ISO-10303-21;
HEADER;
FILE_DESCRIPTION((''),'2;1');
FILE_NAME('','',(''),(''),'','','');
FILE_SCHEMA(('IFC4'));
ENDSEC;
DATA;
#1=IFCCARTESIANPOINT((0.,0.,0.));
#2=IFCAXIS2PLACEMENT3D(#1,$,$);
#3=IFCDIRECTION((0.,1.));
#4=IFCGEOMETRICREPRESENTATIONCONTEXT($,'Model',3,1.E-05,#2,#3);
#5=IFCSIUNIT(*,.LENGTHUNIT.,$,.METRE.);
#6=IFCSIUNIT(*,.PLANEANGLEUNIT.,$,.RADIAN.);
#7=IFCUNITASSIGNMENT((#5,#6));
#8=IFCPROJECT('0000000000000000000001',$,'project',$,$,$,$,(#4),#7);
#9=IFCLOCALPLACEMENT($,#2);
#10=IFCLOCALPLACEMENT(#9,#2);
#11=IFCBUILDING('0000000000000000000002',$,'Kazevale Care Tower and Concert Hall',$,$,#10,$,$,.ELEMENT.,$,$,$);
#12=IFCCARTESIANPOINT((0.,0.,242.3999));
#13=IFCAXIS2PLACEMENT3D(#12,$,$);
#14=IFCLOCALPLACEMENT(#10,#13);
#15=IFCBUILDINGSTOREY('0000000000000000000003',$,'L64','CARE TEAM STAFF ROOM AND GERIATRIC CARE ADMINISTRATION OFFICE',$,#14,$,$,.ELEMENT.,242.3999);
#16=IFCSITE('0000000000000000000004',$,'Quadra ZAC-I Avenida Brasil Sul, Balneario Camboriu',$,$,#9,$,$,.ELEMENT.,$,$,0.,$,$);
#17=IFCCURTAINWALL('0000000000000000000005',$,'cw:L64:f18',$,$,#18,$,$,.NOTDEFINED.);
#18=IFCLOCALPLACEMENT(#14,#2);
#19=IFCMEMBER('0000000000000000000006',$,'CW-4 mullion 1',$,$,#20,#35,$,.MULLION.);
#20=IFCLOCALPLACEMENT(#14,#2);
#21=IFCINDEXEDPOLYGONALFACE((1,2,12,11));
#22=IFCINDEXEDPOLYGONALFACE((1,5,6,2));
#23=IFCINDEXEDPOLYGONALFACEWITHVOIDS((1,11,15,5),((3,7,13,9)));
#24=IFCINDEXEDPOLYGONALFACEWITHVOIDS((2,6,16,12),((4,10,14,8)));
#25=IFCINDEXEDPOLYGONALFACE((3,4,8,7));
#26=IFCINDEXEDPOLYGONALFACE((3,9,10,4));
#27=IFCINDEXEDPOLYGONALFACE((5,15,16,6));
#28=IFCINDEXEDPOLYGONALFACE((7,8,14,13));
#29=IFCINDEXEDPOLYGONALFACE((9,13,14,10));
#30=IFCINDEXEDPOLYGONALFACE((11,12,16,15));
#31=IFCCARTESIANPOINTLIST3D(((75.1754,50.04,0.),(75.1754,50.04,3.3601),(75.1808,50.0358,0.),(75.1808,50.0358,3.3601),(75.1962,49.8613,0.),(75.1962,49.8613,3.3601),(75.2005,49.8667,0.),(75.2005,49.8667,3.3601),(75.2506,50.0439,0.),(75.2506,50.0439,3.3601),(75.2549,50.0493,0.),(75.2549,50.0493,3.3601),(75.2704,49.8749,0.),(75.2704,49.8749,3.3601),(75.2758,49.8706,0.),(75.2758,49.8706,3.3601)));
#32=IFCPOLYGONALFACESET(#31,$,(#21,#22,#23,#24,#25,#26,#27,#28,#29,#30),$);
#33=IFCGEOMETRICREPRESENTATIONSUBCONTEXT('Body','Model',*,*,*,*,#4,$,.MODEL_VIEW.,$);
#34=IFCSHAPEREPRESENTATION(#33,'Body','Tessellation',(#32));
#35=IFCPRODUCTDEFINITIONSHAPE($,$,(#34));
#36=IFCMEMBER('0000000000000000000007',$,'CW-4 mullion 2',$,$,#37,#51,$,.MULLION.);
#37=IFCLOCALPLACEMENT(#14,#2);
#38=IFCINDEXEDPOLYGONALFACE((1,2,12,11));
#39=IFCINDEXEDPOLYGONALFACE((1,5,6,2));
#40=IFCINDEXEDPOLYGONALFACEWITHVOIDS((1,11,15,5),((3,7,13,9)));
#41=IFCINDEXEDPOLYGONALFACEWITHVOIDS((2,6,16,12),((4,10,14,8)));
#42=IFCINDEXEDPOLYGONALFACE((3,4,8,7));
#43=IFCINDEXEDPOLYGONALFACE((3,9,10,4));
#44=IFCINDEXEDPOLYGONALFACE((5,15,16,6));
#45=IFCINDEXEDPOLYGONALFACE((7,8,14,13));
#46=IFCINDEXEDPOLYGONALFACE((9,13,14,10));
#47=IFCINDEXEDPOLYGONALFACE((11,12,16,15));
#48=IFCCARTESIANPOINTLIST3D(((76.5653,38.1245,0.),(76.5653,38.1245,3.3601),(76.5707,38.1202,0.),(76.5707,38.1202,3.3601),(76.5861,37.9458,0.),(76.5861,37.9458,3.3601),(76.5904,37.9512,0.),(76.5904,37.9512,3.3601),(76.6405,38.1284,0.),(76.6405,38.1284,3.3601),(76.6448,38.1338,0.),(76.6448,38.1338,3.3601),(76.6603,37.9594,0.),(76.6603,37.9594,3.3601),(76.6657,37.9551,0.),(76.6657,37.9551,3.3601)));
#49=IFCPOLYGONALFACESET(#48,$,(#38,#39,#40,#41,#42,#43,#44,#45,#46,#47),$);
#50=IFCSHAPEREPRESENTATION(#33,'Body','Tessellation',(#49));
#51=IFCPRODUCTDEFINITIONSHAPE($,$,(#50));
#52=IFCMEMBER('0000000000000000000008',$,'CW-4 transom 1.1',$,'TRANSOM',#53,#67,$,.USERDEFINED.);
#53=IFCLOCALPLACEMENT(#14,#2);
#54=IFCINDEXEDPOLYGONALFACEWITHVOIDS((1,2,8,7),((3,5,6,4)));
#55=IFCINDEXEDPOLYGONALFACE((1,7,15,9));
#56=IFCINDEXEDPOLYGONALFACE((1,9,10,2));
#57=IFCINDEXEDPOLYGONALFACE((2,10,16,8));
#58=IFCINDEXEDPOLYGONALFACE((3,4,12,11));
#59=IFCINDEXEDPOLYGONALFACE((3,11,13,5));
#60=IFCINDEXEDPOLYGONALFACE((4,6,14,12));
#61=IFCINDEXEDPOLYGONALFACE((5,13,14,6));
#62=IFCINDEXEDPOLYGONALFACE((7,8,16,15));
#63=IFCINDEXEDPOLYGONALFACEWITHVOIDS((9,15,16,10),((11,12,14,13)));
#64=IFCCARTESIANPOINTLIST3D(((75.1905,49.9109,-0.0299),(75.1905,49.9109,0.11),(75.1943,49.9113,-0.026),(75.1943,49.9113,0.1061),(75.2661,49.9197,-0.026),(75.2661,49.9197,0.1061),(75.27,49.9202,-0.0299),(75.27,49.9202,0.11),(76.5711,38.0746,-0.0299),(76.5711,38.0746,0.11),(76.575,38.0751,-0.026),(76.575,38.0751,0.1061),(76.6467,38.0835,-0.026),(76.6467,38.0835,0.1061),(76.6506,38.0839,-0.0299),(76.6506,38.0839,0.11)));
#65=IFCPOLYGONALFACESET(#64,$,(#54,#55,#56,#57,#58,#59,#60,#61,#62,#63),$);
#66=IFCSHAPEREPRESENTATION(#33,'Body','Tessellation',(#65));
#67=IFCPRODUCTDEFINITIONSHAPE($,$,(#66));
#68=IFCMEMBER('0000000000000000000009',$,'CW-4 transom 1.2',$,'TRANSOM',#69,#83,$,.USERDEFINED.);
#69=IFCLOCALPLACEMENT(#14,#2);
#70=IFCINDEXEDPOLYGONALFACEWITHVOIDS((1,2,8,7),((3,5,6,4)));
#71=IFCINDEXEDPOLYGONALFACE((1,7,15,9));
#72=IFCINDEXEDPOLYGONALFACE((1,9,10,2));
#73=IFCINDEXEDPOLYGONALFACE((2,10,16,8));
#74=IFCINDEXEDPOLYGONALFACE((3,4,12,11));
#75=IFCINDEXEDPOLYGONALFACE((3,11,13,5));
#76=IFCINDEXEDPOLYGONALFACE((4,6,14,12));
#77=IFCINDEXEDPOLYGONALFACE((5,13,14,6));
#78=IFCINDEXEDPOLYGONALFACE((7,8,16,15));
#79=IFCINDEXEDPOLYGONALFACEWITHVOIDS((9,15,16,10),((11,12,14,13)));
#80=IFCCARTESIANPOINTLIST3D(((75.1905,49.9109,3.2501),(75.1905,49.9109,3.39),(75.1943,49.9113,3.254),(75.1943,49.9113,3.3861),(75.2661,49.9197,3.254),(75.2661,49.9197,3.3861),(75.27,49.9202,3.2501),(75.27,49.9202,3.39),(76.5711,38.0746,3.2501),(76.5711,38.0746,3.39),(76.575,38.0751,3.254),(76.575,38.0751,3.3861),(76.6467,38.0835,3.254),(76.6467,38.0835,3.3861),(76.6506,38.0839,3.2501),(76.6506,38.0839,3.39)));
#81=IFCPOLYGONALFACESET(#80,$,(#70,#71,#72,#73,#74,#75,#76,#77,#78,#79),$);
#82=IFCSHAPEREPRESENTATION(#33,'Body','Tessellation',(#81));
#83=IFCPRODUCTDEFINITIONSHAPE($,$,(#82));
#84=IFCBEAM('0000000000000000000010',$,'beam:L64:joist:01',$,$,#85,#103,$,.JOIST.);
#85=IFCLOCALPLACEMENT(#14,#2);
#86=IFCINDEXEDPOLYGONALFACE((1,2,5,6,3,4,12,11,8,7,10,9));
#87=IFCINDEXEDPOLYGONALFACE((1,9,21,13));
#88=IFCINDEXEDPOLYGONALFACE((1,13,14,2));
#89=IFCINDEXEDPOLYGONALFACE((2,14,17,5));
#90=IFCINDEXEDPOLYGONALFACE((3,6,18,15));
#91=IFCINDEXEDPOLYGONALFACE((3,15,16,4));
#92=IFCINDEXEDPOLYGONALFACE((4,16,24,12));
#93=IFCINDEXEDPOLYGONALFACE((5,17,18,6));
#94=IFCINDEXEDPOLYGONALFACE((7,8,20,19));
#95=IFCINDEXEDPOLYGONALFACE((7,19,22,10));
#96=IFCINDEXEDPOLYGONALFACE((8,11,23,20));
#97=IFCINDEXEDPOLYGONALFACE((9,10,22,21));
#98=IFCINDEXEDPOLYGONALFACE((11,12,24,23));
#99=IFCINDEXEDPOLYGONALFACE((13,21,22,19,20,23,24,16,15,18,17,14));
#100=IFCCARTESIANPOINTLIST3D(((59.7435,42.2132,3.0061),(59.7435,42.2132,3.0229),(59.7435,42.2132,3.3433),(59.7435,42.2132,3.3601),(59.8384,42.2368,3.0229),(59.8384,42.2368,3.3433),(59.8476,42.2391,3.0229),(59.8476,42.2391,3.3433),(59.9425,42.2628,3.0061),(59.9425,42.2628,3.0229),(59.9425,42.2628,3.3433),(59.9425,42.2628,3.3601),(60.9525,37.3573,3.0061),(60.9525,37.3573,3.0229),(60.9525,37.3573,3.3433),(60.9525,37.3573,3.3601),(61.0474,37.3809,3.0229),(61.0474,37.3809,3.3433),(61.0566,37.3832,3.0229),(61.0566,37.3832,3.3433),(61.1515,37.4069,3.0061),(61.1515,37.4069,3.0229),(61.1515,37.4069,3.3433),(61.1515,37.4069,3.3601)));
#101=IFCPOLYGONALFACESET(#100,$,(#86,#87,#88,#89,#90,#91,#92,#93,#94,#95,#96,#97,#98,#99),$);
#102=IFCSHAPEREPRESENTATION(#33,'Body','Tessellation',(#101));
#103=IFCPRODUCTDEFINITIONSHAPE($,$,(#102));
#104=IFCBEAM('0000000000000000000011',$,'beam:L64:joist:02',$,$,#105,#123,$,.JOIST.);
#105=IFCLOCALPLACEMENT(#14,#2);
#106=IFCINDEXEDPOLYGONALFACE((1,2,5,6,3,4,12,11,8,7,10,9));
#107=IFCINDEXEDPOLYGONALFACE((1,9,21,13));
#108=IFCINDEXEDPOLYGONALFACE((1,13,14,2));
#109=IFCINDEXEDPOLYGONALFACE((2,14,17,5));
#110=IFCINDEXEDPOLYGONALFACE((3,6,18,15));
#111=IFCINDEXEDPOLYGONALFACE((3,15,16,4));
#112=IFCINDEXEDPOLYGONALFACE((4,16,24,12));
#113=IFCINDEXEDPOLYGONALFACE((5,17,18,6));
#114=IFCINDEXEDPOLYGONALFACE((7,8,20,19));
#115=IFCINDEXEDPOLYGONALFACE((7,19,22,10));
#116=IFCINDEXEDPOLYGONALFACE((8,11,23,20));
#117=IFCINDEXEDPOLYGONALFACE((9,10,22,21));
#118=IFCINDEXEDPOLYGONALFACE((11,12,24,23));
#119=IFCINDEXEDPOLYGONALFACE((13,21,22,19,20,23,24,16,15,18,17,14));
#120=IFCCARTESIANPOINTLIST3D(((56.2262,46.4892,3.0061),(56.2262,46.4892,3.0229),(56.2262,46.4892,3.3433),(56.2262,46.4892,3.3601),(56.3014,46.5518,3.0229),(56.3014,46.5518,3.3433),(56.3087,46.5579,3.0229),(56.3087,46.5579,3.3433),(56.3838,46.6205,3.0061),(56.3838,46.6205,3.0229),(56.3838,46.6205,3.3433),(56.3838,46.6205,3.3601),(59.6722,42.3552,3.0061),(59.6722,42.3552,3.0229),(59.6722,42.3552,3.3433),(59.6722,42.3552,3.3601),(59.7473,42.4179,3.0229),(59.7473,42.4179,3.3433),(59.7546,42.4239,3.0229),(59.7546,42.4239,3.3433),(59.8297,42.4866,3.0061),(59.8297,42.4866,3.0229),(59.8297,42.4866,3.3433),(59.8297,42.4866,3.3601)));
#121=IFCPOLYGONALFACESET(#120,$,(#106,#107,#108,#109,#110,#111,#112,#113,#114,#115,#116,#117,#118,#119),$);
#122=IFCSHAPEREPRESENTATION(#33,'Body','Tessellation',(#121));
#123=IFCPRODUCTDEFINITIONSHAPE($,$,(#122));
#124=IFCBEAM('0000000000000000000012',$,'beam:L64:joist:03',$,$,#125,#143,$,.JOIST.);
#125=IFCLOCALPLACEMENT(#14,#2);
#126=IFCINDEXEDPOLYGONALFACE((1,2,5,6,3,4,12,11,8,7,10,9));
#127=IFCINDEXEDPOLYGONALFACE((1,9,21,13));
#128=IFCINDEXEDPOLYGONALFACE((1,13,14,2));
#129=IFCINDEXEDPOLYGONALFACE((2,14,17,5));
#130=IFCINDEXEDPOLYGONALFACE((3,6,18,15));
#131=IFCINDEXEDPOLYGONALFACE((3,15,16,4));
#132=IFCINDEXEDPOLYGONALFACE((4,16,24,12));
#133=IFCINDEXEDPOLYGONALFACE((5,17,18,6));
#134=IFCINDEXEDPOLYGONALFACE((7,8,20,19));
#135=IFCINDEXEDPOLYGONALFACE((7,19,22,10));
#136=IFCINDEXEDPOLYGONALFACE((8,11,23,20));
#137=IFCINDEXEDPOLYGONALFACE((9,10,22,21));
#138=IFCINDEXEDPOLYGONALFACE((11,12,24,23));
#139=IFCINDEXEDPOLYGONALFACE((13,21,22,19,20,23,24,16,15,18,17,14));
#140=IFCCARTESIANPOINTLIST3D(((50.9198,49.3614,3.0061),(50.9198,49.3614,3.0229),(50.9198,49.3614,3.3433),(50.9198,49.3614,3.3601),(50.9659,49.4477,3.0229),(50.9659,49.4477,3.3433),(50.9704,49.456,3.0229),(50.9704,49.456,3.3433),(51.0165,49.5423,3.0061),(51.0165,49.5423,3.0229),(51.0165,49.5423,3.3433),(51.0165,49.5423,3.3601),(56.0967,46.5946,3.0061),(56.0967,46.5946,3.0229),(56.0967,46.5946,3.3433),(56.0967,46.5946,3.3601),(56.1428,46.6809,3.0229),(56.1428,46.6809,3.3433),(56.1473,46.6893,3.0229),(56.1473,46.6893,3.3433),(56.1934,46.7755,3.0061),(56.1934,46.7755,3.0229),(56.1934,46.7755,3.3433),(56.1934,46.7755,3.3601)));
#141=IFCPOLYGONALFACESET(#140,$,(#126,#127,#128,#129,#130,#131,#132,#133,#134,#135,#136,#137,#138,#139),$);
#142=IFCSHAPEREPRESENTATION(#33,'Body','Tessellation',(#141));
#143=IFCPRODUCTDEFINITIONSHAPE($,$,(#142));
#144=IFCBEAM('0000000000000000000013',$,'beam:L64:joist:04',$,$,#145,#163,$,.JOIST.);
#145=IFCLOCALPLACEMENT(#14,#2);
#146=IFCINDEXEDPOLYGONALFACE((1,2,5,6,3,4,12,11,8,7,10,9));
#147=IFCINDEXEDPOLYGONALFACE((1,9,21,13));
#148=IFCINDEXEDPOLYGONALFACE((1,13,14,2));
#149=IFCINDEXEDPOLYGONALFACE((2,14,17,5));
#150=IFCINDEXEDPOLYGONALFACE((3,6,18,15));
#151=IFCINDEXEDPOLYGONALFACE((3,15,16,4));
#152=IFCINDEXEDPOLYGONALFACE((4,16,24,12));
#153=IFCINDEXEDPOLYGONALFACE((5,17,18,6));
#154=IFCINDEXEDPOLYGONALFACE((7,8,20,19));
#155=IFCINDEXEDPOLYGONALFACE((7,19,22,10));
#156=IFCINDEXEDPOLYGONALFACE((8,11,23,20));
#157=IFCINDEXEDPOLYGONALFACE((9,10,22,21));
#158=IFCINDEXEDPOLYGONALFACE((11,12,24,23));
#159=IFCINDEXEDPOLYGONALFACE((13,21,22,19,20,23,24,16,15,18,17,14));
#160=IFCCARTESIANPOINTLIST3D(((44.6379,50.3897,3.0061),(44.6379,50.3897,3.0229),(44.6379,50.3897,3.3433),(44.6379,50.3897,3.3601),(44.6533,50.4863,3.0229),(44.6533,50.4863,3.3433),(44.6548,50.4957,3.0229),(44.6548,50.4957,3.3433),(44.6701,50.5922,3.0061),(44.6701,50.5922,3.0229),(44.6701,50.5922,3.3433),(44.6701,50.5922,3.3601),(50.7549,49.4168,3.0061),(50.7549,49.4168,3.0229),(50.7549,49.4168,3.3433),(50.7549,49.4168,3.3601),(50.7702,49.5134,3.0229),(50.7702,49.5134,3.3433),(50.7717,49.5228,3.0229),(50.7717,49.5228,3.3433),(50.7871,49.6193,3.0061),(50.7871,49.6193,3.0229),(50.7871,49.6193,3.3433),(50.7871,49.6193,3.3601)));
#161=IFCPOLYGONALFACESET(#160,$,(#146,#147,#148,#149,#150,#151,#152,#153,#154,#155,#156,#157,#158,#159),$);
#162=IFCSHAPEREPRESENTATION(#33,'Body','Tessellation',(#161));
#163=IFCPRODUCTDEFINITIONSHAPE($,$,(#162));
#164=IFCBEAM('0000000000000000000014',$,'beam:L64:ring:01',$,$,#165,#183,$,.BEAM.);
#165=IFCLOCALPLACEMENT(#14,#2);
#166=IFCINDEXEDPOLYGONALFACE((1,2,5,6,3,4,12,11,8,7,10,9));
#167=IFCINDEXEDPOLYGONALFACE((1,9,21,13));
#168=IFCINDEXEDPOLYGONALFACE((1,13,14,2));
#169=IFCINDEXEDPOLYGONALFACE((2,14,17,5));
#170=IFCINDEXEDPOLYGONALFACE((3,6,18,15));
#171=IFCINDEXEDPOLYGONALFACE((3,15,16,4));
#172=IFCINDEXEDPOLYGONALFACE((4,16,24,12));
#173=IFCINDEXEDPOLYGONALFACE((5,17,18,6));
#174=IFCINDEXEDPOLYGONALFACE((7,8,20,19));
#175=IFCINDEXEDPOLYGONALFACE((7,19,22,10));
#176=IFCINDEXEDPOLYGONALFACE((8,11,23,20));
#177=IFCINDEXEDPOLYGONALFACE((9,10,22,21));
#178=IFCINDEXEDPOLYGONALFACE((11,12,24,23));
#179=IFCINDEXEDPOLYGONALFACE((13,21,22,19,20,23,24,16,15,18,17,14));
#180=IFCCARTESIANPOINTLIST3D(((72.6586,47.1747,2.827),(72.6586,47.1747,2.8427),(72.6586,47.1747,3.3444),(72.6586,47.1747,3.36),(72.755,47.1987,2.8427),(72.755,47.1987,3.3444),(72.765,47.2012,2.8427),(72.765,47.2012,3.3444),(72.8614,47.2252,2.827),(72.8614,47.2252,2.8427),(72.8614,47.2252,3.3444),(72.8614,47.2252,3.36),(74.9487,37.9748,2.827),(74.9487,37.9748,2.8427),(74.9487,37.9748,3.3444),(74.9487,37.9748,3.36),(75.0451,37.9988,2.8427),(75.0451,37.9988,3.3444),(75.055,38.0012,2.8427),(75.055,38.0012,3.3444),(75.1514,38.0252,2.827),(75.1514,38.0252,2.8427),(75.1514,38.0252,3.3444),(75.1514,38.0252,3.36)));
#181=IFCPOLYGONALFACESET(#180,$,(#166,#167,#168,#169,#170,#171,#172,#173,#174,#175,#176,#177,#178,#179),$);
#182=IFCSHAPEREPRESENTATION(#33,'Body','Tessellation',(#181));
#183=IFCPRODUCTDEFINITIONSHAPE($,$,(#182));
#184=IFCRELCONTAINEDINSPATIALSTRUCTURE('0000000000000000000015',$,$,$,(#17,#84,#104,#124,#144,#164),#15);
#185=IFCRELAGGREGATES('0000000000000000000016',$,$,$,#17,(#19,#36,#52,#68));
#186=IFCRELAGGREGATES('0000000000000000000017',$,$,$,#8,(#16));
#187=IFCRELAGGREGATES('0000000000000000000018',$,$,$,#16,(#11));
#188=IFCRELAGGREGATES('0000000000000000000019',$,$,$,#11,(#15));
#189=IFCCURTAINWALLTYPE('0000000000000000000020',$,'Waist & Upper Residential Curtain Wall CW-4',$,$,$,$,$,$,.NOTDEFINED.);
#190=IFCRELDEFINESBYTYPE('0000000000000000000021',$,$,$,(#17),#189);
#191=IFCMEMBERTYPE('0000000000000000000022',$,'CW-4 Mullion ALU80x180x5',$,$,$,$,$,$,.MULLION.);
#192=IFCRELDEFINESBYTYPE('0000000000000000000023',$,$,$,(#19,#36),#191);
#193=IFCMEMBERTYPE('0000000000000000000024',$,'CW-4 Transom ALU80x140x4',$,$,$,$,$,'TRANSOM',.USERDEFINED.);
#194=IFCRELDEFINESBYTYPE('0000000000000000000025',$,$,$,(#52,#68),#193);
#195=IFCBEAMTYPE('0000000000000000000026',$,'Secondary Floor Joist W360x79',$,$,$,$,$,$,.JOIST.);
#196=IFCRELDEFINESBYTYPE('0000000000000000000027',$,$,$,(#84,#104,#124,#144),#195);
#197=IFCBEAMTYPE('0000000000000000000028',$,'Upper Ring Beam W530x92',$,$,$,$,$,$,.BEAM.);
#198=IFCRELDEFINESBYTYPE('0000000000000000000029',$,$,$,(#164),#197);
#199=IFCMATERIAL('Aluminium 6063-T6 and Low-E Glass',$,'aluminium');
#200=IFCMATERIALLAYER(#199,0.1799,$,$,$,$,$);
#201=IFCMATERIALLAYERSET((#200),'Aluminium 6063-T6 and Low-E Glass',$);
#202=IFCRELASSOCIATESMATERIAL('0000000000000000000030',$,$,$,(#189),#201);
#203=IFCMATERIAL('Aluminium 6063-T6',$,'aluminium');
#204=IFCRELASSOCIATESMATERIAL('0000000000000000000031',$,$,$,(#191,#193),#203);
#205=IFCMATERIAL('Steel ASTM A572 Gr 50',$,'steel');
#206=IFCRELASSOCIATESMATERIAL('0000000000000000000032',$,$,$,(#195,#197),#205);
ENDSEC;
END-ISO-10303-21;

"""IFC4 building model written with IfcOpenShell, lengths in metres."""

from ifc_helpers import new_model, si_unit, direction, frame, origin, origin_2d, place, context, subcontext, project, spatial, hollow_rectangle, i_section, extrude, material, layer, layer_set, material_profile, profile_set, type_object, element, aggregate, save


model = new_model("IFC4")

# Units and contexts
model_context = context("Model", 3, precision=1e-05, world=origin(), true_north=direction((0.0, 1.0)))
body_context = subcontext(model_context, "Body", "Model", "MODEL_VIEW")
ifc_project = project(units=[si_unit("LENGTHUNIT", "METRE"), si_unit("PLANEANGLEUNIT", "RADIAN")], contexts=[model_context])

# Site, building, storey
site_placement = place(None, origin())
site = spatial("IfcSite", under=ifc_project, at=site_placement, Name="Quadra ZAC-I Avenida Brasil Sul, Balneario Camboriu", CompositionType="ELEMENT", RefElevation=0.0)
building_placement = place(site_placement, origin())
building = spatial("IfcBuilding", under=site, at=building_placement, Name="Kazevale Care Tower and Concert Hall", CompositionType="ELEMENT")
storey_placement = place(building_placement, frame((0.0, 0.0, 242.3999)))
storey = spatial("IfcBuildingStorey", under=building, at=storey_placement, Name="L64", Description="CARE TEAM STAFF ROOM AND GERIATRIC CARE ADMINISTRATION OFFICE", CompositionType="ELEMENT", Elevation=242.3999)

# Shared definitions
ifc_material_1 = material(Name="Aluminium 6063-T6 and Low-E Glass", Category="aluminium")
ifc_layer_1 = layer(ifc_material_1, 0.1799)
ifc_layer_set_1 = layer_set([ifc_layer_1], Name="Aluminium 6063-T6 and Low-E Glass")
curtain_wall_type = type_object("IfcCurtainWallType", Name="Waist & Upper Residential Curtain Wall CW-4", PredefinedType="NOTDEFINED", material=ifc_layer_set_1)
ifc_material_2 = material(Name="Aluminium 6063-T6", Category="aluminium")
ifc_material_profile_1 = material_profile(ifc_material_2, hollow_rectangle(XDim=0.0801, YDim=0.1799, WallThickness=0.0049, at=origin_2d()), Name="ALU80x180x5")
ifc_profile_set_1 = profile_set([ifc_material_profile_1], Name="Aluminium 6063-T6")
member_type_1 = type_object("IfcMemberType", Name="CW-4 Mullion ALU80x180x5", PredefinedType="MULLION", material=ifc_profile_set_1)

# Curtain wall, members
curtain_wall_1_placement = place(storey_placement, origin())
curtain_wall_1 = element("IfcCurtainWall", 1, at=curtain_wall_1_placement, inside=storey, type_object=curtain_wall_type, Name="cw:L64:f18", PredefinedType="NOTDEFINED")
member_1_placement = place(storey_placement, frame((75.2256, 49.9553, 0.0), z_axis=(0.0, 0.0, 1.0), x_axis=(0.993267, 0.115847, 0.0)))
member_1 = element("IfcMember", 2, at=member_1_placement, type_object=member_type_1, Name="CW-4 mullion 1", PredefinedType="MULLION", context=body_context, shape_type="SweptSolid", body=[
    extrude(hollow_rectangle(XDim=0.0801, YDim=0.1799, WallThickness=0.0049, at=origin_2d()), origin(), (0.0, 0.0, 1.0), 3.3601),
])
member_2_placement = place(storey_placement, frame((76.6155, 38.0398, 0.0), z_axis=(0.0, 0.0, 1.0), x_axis=(0.993267, 0.115847, 0.0)))
member_2 = element("IfcMember", 3, at=member_2_placement, type_object=member_type_1, Name="CW-4 mullion 2", PredefinedType="MULLION", context=body_context, shape_type="SweptSolid", body=[
    extrude(hollow_rectangle(XDim=0.0801, YDim=0.1799, WallThickness=0.0049, at=origin_2d()), origin(), (0.0, 0.0, 1.0), 3.3601),
])
ifc_material_profile_2 = material_profile(ifc_material_2, hollow_rectangle(XDim=0.0801, YDim=0.1399, WallThickness=0.0039, at=origin_2d()), Name="ALU80x140x4")
ifc_profile_set_2 = profile_set([ifc_material_profile_2], Name="Aluminium 6063-T6")
member_type_2 = type_object("IfcMemberType", Name="CW-4 Transom ALU80x140x4", ElementType="TRANSOM", PredefinedType="USERDEFINED", material=ifc_profile_set_2)
member_3_placement = place(storey_placement, frame((75.2302, 49.9155, 0.04), z_axis=(0.115858, -0.993266, 0.0), x_axis=(0.993266, 0.115858, 0.0)))
member_3 = element("IfcMember", 4, at=member_3_placement, type_object=member_type_2, Name="CW-4 transom 1.1", ObjectType="TRANSOM", PredefinedType="USERDEFINED", context=body_context, shape_type="SweptSolid", body=[
    extrude(hollow_rectangle(XDim=0.0801, YDim=0.1399, WallThickness=0.0039, at=origin_2d()), origin(), (0.0, 0.0, 1.0), 11.9165),
])
member_4_placement = place(storey_placement, frame((75.2302, 49.9155, 3.3201), z_axis=(0.115858, -0.993266, 0.0), x_axis=(0.993266, 0.115858, 0.0)))
member_4 = element("IfcMember", 5, at=member_4_placement, type_object=member_type_2, Name="CW-4 transom 1.2", ObjectType="TRANSOM", PredefinedType="USERDEFINED", context=body_context, shape_type="SweptSolid", body=[
    extrude(hollow_rectangle(XDim=0.0801, YDim=0.1399, WallThickness=0.0039, at=origin_2d()), origin(), (0.0, 0.0, 1.0), 11.9165),
])

# Beams
ifc_material_3 = material(Name="Steel ASTM A572 Gr 50", Category="steel")
ifc_material_profile_3 = material_profile(ifc_material_3, i_section(OverallWidth=0.2051, OverallDepth=0.354, WebThickness=0.0095, FlangeThickness=0.0168, at=origin_2d()), Name="W360x79")
ifc_profile_set_3 = profile_set([ifc_material_profile_3], Name="Steel ASTM A572 Gr 50")
beam_type_1 = type_object("IfcBeamType", Name="Secondary Floor Joist W360x79", PredefinedType="JOIST", material=ifc_profile_set_3)
beam_1_placement = place(storey_placement, frame((61.052, 37.3821, 3.1831), z_axis=(-0.241594, 0.970377, 0.0), x_axis=(-0.970377, -0.241594, 0.0)))
element("IfcBeam", 6, at=beam_1_placement, inside=storey, type_object=beam_type_1, Name="beam:L64:joist:01", PredefinedType="JOIST", context=body_context, shape_type="SweptSolid", body=[
    extrude(i_section(OverallWidth=0.2051, OverallDepth=0.354, WebThickness=0.0095, FlangeThickness=0.0168, at=origin_2d()), origin(), (0.0, 0.0, 1.0), 5.0042),
])
beam_2_placement = place(storey_placement, frame((59.751, 42.4209, 3.1831), z_axis=(-0.640296, 0.768128, 0.0), x_axis=(-0.768128, -0.640296, 0.0)))
element("IfcBeam", 7, at=beam_2_placement, inside=storey, type_object=beam_type_1, Name="beam:L64:joist:02", PredefinedType="JOIST", context=body_context, shape_type="SweptSolid", body=[
    extrude(i_section(OverallWidth=0.2051, OverallDepth=0.354, WebThickness=0.0095, FlangeThickness=0.0168, at=origin_2d()), origin(), (0.0, 0.0, 1.0), 5.3818),
])
beam_3_placement = place(storey_placement, frame((56.145, 46.6851, 3.1831), z_axis=(-0.881944, 0.471354, 0.0), x_axis=(-0.471354, -0.881944, 0.0)))
element("IfcBeam", 8, at=beam_3_placement, inside=storey, type_object=beam_type_1, Name="beam:L64:joist:03", PredefinedType="JOIST", context=body_context, shape_type="SweptSolid", body=[
    extrude(i_section(OverallWidth=0.2051, OverallDepth=0.354, WebThickness=0.0095, FlangeThickness=0.0168, at=origin_2d()), origin(), (0.0, 0.0, 1.0), 5.8699),
])
beam_4_placement = place(storey_placement, frame((50.771, 49.5181, 3.1831), z_axis=(-0.987587, 0.157076, 0.0), x_axis=(-0.157076, -0.987587, 0.0)))
element("IfcBeam", 9, at=beam_4_placement, inside=storey, type_object=beam_type_1, Name="beam:L64:joist:04", PredefinedType="JOIST", context=body_context, shape_type="SweptSolid", body=[
    extrude(i_section(OverallWidth=0.2051, OverallDepth=0.354, WebThickness=0.0095, FlangeThickness=0.0168, at=origin_2d()), origin(), (0.0, 0.0, 1.0), 6.1938),
])
ifc_material_profile_4 = material_profile(ifc_material_3, i_section(OverallWidth=0.209, OverallDepth=0.533, WebThickness=0.0103, FlangeThickness=0.0156, at=origin_2d()), Name="W530x92")
ifc_profile_set_4 = profile_set([ifc_material_profile_4], Name="Steel ASTM A572 Gr 50")
beam_type_2 = type_object("IfcBeamType", Name="Upper Ring Beam W530x92", PredefinedType="BEAM", material=ifc_profile_set_4)
beam_5_placement = place(storey_placement, frame((75.05, 38.0, 3.0935), z_axis=(-0.241548, 0.970389, 0.0), x_axis=(-0.970389, -0.241548, 0.0)))
element("IfcBeam", 10, at=beam_5_placement, inside=storey, type_object=beam_type_2, Name="beam:L64:ring:01", PredefinedType="BEAM", context=body_context, shape_type="SweptSolid", body=[
    extrude(i_section(OverallWidth=0.209, OverallDepth=0.533, WebThickness=0.0103, FlangeThickness=0.0156, at=origin_2d()), origin(), (0.0, 0.0, 1.0), 9.4807),
])

aggregate(curtain_wall_1, [member_1, member_2, member_3, member_4])

save(model, "model.ifc")
